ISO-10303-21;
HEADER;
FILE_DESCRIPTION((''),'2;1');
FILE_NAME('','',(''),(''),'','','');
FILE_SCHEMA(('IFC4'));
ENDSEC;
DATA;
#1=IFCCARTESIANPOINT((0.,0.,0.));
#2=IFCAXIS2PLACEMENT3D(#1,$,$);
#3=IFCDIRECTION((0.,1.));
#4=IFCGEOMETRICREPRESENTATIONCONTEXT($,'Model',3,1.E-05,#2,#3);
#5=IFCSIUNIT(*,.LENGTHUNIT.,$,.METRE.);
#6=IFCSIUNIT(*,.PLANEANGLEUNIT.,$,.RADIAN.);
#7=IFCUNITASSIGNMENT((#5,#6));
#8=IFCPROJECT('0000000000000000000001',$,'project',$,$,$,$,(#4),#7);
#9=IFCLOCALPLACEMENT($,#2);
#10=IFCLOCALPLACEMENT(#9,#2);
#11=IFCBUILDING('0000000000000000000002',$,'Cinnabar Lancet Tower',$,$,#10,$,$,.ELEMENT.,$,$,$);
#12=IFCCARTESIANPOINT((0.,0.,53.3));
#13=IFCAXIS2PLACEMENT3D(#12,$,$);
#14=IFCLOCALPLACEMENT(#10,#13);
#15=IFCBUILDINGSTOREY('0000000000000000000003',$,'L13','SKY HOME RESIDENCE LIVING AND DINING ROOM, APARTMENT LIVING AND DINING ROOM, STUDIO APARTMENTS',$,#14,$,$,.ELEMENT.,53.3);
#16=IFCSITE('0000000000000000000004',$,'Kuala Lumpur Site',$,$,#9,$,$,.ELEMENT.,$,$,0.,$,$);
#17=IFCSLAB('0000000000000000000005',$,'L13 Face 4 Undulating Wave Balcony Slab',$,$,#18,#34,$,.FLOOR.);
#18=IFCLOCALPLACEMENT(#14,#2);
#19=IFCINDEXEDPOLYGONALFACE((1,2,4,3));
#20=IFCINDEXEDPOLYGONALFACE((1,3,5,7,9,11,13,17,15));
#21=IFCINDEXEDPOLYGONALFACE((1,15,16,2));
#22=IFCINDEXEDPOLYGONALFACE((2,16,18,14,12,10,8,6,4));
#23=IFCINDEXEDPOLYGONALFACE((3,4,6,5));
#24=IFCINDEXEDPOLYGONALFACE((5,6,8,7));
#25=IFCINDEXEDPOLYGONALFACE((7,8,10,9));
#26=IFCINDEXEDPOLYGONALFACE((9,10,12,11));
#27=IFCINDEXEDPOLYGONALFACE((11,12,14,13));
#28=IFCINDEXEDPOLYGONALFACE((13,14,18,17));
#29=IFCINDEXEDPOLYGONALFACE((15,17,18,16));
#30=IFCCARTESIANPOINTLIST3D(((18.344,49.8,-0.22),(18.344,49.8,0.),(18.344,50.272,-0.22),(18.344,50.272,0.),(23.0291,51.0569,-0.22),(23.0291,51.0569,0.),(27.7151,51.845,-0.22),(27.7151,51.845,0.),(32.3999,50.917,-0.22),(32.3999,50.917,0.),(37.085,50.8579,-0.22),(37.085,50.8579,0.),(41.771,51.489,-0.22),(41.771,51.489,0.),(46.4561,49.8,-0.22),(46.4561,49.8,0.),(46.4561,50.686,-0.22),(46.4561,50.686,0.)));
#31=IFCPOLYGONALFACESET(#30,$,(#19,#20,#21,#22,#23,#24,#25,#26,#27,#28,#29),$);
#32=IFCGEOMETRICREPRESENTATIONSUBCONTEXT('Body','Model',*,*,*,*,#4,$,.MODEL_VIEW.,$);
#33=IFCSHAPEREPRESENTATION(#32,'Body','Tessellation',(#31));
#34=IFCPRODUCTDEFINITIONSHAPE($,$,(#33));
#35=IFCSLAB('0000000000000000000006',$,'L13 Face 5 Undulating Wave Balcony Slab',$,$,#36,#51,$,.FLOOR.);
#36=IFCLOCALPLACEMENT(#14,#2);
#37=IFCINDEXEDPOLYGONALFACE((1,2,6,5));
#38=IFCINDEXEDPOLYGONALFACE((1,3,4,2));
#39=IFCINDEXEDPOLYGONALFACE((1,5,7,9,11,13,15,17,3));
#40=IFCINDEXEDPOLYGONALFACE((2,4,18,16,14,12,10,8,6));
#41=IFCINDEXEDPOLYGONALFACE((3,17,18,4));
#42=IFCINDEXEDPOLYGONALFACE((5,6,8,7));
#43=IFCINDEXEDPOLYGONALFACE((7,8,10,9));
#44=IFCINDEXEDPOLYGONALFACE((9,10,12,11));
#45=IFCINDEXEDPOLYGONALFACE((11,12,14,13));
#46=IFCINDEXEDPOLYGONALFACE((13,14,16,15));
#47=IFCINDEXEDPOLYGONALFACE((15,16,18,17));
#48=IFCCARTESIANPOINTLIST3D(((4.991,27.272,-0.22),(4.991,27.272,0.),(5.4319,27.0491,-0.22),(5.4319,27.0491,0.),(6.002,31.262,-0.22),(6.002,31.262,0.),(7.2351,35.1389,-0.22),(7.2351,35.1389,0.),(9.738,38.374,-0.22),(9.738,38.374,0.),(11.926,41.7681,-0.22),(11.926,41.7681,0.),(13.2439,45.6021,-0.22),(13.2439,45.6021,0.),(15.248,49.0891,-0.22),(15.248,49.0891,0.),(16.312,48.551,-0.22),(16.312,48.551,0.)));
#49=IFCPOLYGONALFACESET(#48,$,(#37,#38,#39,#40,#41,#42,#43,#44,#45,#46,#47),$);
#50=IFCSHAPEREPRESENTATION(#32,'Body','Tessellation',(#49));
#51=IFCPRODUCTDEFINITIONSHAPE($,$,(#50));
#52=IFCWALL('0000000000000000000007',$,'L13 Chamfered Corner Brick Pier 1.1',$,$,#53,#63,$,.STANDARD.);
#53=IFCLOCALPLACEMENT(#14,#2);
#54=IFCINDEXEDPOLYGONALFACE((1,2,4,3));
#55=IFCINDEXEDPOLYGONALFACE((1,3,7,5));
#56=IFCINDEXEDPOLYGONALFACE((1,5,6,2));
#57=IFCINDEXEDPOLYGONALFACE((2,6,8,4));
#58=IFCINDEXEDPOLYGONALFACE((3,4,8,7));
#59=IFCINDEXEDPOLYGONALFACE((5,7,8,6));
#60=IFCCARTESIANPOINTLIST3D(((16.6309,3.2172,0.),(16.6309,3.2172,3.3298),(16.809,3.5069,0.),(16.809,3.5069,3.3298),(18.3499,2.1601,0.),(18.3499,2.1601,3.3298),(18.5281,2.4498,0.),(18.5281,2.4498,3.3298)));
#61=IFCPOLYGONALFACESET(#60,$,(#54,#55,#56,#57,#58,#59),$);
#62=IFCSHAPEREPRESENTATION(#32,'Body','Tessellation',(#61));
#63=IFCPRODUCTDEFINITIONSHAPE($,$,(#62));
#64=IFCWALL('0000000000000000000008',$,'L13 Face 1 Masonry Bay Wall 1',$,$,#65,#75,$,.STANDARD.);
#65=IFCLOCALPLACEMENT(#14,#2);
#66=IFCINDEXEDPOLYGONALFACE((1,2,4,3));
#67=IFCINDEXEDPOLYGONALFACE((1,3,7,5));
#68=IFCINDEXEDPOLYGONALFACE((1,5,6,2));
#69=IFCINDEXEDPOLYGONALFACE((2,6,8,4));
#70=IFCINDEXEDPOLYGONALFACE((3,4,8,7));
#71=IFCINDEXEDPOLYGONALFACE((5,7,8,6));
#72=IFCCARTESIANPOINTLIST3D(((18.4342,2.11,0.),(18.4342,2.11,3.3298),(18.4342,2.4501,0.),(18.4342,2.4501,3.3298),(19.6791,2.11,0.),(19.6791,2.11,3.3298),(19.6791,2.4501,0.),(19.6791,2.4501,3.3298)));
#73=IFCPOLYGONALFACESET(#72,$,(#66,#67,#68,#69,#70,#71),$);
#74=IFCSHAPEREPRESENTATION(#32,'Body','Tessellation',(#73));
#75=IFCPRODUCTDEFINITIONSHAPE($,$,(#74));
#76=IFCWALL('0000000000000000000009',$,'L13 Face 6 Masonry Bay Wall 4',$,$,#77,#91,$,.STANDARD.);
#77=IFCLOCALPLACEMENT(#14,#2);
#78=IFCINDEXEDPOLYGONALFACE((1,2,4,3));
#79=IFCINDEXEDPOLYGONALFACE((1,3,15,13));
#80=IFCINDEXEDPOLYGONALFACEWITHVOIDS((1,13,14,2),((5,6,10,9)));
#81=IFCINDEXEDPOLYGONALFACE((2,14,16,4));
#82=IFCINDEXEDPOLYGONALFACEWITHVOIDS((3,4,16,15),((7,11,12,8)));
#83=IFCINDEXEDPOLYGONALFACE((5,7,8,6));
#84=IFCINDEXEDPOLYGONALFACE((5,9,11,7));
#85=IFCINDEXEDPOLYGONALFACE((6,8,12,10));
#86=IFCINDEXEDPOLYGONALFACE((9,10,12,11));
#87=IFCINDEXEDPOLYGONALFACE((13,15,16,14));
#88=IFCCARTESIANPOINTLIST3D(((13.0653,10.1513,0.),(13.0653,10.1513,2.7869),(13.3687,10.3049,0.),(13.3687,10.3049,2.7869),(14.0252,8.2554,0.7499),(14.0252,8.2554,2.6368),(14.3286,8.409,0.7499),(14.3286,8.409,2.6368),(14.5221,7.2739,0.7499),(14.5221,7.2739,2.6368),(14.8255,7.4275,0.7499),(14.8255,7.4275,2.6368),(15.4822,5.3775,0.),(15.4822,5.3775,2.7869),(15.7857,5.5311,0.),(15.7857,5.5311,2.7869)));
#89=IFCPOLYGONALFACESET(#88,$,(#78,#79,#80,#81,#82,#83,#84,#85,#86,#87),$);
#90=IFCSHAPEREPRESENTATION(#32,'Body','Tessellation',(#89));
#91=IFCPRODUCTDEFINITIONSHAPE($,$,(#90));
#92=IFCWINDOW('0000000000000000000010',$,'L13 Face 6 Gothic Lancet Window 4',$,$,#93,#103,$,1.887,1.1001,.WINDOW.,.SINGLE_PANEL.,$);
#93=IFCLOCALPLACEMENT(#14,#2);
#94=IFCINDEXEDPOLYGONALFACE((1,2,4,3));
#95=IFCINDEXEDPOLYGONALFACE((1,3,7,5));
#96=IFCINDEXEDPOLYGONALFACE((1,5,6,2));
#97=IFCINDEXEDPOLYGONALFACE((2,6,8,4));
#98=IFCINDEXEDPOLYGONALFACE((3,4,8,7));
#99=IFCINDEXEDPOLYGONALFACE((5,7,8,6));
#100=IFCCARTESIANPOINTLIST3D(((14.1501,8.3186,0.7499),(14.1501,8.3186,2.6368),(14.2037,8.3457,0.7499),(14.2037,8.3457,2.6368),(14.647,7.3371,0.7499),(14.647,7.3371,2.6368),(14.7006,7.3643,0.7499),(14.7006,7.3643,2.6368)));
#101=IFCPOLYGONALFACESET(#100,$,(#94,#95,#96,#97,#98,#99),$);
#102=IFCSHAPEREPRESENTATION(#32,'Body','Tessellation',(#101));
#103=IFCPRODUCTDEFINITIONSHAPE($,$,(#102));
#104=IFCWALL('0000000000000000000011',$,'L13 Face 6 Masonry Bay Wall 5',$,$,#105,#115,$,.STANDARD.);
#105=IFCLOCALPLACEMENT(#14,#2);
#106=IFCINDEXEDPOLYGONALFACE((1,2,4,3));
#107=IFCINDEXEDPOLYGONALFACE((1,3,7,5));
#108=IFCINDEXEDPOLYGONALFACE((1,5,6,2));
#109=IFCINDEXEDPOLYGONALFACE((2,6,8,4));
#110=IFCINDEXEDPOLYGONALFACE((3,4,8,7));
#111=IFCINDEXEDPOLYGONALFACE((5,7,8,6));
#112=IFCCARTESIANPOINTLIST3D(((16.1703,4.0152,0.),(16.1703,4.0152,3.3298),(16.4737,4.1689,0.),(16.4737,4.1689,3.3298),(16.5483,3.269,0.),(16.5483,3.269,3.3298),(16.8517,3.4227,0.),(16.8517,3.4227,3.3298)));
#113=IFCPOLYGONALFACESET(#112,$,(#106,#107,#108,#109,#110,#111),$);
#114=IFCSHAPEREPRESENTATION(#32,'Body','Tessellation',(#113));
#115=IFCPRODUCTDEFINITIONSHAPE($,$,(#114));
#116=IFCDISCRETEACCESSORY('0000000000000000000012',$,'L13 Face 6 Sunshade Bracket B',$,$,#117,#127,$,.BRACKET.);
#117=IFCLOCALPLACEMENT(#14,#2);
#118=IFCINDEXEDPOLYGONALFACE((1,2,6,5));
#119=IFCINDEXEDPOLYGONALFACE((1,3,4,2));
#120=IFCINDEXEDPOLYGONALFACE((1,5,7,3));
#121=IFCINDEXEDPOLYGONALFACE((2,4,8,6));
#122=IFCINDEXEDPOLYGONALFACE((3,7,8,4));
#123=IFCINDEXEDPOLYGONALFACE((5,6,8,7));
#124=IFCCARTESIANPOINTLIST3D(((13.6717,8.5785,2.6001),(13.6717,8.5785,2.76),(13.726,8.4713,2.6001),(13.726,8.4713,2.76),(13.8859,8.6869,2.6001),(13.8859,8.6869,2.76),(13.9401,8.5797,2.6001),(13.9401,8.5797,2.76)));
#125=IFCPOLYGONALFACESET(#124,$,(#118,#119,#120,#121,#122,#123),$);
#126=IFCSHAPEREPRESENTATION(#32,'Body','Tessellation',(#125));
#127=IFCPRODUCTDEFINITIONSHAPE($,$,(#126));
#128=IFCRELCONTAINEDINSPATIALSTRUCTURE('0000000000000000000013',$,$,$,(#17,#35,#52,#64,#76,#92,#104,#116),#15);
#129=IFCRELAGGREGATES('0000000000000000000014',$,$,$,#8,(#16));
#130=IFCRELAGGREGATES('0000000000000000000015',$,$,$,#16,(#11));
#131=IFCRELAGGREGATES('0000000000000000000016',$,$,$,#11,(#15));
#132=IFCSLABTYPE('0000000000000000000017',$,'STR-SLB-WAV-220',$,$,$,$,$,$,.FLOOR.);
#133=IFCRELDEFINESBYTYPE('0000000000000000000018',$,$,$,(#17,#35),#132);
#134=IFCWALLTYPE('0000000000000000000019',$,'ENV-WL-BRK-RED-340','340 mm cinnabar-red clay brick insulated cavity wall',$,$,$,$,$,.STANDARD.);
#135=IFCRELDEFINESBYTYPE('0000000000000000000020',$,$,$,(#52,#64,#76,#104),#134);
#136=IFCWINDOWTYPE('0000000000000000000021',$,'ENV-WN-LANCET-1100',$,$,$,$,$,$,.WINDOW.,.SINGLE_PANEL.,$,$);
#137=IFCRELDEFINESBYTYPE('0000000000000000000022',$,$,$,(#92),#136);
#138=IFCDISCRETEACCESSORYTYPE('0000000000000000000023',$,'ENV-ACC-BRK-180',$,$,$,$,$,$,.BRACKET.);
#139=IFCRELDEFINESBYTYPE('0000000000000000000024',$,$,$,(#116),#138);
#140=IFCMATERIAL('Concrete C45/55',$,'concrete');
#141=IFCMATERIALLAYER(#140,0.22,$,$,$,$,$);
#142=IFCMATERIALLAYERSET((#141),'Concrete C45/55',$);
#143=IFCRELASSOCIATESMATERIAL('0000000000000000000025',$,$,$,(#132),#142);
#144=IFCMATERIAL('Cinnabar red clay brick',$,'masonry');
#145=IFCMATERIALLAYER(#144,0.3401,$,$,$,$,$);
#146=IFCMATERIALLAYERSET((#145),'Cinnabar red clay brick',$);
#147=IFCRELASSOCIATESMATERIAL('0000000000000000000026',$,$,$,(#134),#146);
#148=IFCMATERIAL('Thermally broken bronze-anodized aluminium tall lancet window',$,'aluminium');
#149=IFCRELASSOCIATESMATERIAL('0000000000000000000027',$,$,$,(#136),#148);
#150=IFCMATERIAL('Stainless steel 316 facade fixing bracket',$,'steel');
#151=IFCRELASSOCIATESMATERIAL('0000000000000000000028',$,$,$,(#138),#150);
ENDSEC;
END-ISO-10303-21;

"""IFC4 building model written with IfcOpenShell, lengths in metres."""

from ifc_helpers import new_model, si_unit, direction, frame, frame_2d, origin, origin_2d, place, context, subcontext, project, spatial, polyline, rectangle, outline, extrude, material, layer, layer_set, type_object, element, fill, save


model = new_model("IFC4")

# Units and contexts
model_context = context("Model", 3, precision=1e-05, world=origin(), true_north=direction((0.0, 1.0)))
body_context = subcontext(model_context, "Body", "Model", "MODEL_VIEW")
ifc_project = project(units=[si_unit("LENGTHUNIT", "METRE"), si_unit("PLANEANGLEUNIT", "RADIAN")], contexts=[model_context])

# Site, building, storey
site_placement = place(None, origin())
site = spatial("IfcSite", under=ifc_project, at=site_placement, Name="Kuala Lumpur Site", CompositionType="ELEMENT", RefElevation=0.0)
building_placement = place(site_placement, origin())
building = spatial("IfcBuilding", under=site, at=building_placement, Name="Cinnabar Lancet Tower", CompositionType="ELEMENT")
storey_placement = place(building_placement, frame((0.0, 0.0, 53.3)))
storey = spatial("IfcBuildingStorey", under=building, at=storey_placement, Name="L13", Description="SKY HOME RESIDENCE LIVING AND DINING ROOM, APARTMENT LIVING AND DINING ROOM, STUDIO APARTMENTS", CompositionType="ELEMENT", Elevation=53.3)

# Slabs
ifc_material_1 = material(Name="Concrete C45/55", Category="concrete")
ifc_layer_1 = layer(ifc_material_1, 0.22)
ifc_layer_set_1 = layer_set([ifc_layer_1], Name="Concrete C45/55")
slab_type_1 = type_object("IfcSlabType", Name="STR-SLB-WAV-220", PredefinedType="FLOOR", material=ifc_layer_set_1)
slab_1_placement = place(storey_placement, frame((0.0, 0.0, -0.22)))
element("IfcSlab", 1, at=slab_1_placement, inside=storey, type_object=slab_type_1, Name="L13 Face 4 Undulating Wave Balcony Slab", PredefinedType="FLOOR", context=body_context, shape_type="SweptSolid", body=[
    extrude(outline(polyline([(46.4561, 49.8), (46.4561, 50.686), (41.771, 51.489), (37.085, 50.8579), (32.3999, 50.917), (27.7151, 51.845), (23.0291, 51.0569), (18.344, 50.272), (18.344, 49.8), (46.4561, 49.8)])), origin(), (0.0, 0.0, 1.0), 0.22),
])
slab_2_placement = place(storey_placement, frame((0.0, 0.0, -0.22)))
element("IfcSlab", 2, at=slab_2_placement, inside=storey, type_object=slab_type_1, Name="L13 Face 5 Undulating Wave Balcony Slab", PredefinedType="FLOOR", context=body_context, shape_type="SweptSolid", body=[
    extrude(outline(polyline([(16.312, 48.551), (15.248, 49.0891), (13.2439, 45.6021), (11.926, 41.7681), (9.738, 38.374), (7.2351, 35.1389), (6.002, 31.262), (4.991, 27.272), (5.4319, 27.0491), (16.312, 48.551)])), origin(), (0.0, 0.0, 1.0), 0.22),
])

# Walls
ifc_material_2 = material(Name="Cinnabar red clay brick", Category="masonry")
ifc_layer_2 = layer(ifc_material_2, 0.3401)
ifc_layer_set_2 = layer_set([ifc_layer_2], Name="Cinnabar red clay brick")
wall_type = type_object("IfcWallType", Name="ENV-WL-BRK-RED-340", Description="340 mm cinnabar-red clay brick insulated cavity wall", PredefinedType="STANDARD", material=ifc_layer_set_2)
wall_1_placement = place(storey_placement, frame((16.72, 3.3621, 0.0), z_axis=(0.0, 0.0, 1.0), x_axis=(0.851816, -0.523841, 0.0)))
element("IfcWall", 3, at=wall_1_placement, inside=storey, type_object=wall_type, Name="L13 Chamfered Corner Brick Pier 1.1", PredefinedType="STANDARD", context=body_context, shape_type="SweptSolid", body=[
    extrude(rectangle(XDim=2.0181, YDim=0.3401, at=frame_2d((1.009, 0.0))), origin(), (0.0, 0.0, 1.0), 3.3298),
])
wall_2_placement = place(storey_placement, frame((18.4341, 2.28, 0.0), z_axis=(0.0, 0.0, 1.0), x_axis=(1.0, 0.0, 0.0)))
element("IfcWall", 4, at=wall_2_placement, inside=storey, type_object=wall_type, Name="L13 Face 1 Masonry Bay Wall 1", PredefinedType="STANDARD", context=body_context, shape_type="SweptSolid", body=[
    extrude(rectangle(XDim=1.2449, YDim=0.3401, at=frame_2d((0.6226, 0.0))), origin(), (0.0, 0.0, 1.0), 3.3298),
])

# Wall, opening, window
wall_3_placement = place(storey_placement, frame((13.217, 10.228, 0.0), z_axis=(0.0, 0.0, 1.0), x_axis=(0.451698, -0.892171, 0.0)))
wall_3 = element("IfcWall", 5, at=wall_3_placement, inside=storey, type_object=wall_type, Name="L13 Face 6 Masonry Bay Wall 4", PredefinedType="STANDARD", context=body_context, shape_type="SweptSolid", body=[
    extrude(rectangle(XDim=5.3508, YDim=0.3401, at=frame_2d((2.6753, 0.0))), origin(), (0.0, 0.0, 1.0), 2.7869),
])
opening_placement = place(wall_3_placement, frame((2.125, 0.0, 0.75)))
opening = element("IfcOpeningElement", 6, at=opening_placement, cuts=wall_3, PredefinedType="OPENING", context=body_context, shape_type="SweptSolid", body=[
    extrude(rectangle(XDim=1.1001, YDim=1.887, at=frame_2d((0.55, 0.9434))), frame((0.0, 0.1799, 0.0), z_axis=(0.0, -1.0, 0.0), x_axis=(1.0, 0.0, 0.0)), (0.0, 0.0, 1.0), 0.3601),
])
ifc_material_3 = material(Name="Thermally broken bronze-anodized aluminium tall lancet window", Category="aluminium")
window_type = type_object("IfcWindowType", Name="ENV-WN-LANCET-1100", PartitioningType="SINGLE_PANEL", PredefinedType="WINDOW", material=ifc_material_3)
window_placement = place(opening_placement, origin())
window = element("IfcWindow", 7, at=window_placement, inside=storey, type_object=window_type, Name="L13 Face 6 Gothic Lancet Window 4", OverallHeight=1.887, OverallWidth=1.1001, PartitioningType="SINGLE_PANEL", PredefinedType="WINDOW", context=body_context, shape_type="SweptSolid", body=[
    extrude(rectangle(XDim=1.1001, YDim=1.887, at=frame_2d((0.55, 0.9434))), frame((0.0, 0.03, 0.0), z_axis=(0.0, -1.0, 0.0), x_axis=(1.0, 0.0, 0.0)), (0.0, 0.0, 1.0), 0.0601),
])
fill(opening, window)

# Wall
wall_4_placement = place(storey_placement, frame((16.322, 4.092, 0.0), z_axis=(0.0, 0.0, 1.0), x_axis=(0.451878, -0.89208, 0.0)))
element("IfcWall", 8, at=wall_4_placement, inside=storey, type_object=wall_type, Name="L13 Face 6 Masonry Bay Wall 5", PredefinedType="STANDARD", context=body_context, shape_type="SweptSolid", body=[
    extrude(rectangle(XDim=0.8364, YDim=0.3401, at=frame_2d((0.4182, 0.0))), origin(), (0.0, 0.0, 1.0), 3.3298),
])

# Discrete accessory
ifc_material_4 = material(Name="Stainless steel 316 facade fixing bracket", Category="steel")
discrete_accessory_type = type_object("IfcDiscreteAccessoryType", Name="ENV-ACC-BRK-180", PredefinedType="BRACKET", material=ifc_material_4)
discrete_accessory_placement = place(storey_placement, frame((13.8059, 8.5791, 2.6001), z_axis=(0.0, 0.0, 1.0), x_axis=(0.451501, -0.892271, 0.0)))
element("IfcDiscreteAccessory", 9, at=discrete_accessory_placement, inside=storey, type_object=discrete_accessory_type, Name="L13 Face 6 Sunshade Bracket B", PredefinedType="BRACKET", context=body_context, shape_type="SweptSolid", body=[
    extrude(rectangle(XDim=0.1201, YDim=0.24, at=origin_2d()), origin(), (0.0, 0.0, 1.0), 0.1599),
])

save(model, "model.ifc")
